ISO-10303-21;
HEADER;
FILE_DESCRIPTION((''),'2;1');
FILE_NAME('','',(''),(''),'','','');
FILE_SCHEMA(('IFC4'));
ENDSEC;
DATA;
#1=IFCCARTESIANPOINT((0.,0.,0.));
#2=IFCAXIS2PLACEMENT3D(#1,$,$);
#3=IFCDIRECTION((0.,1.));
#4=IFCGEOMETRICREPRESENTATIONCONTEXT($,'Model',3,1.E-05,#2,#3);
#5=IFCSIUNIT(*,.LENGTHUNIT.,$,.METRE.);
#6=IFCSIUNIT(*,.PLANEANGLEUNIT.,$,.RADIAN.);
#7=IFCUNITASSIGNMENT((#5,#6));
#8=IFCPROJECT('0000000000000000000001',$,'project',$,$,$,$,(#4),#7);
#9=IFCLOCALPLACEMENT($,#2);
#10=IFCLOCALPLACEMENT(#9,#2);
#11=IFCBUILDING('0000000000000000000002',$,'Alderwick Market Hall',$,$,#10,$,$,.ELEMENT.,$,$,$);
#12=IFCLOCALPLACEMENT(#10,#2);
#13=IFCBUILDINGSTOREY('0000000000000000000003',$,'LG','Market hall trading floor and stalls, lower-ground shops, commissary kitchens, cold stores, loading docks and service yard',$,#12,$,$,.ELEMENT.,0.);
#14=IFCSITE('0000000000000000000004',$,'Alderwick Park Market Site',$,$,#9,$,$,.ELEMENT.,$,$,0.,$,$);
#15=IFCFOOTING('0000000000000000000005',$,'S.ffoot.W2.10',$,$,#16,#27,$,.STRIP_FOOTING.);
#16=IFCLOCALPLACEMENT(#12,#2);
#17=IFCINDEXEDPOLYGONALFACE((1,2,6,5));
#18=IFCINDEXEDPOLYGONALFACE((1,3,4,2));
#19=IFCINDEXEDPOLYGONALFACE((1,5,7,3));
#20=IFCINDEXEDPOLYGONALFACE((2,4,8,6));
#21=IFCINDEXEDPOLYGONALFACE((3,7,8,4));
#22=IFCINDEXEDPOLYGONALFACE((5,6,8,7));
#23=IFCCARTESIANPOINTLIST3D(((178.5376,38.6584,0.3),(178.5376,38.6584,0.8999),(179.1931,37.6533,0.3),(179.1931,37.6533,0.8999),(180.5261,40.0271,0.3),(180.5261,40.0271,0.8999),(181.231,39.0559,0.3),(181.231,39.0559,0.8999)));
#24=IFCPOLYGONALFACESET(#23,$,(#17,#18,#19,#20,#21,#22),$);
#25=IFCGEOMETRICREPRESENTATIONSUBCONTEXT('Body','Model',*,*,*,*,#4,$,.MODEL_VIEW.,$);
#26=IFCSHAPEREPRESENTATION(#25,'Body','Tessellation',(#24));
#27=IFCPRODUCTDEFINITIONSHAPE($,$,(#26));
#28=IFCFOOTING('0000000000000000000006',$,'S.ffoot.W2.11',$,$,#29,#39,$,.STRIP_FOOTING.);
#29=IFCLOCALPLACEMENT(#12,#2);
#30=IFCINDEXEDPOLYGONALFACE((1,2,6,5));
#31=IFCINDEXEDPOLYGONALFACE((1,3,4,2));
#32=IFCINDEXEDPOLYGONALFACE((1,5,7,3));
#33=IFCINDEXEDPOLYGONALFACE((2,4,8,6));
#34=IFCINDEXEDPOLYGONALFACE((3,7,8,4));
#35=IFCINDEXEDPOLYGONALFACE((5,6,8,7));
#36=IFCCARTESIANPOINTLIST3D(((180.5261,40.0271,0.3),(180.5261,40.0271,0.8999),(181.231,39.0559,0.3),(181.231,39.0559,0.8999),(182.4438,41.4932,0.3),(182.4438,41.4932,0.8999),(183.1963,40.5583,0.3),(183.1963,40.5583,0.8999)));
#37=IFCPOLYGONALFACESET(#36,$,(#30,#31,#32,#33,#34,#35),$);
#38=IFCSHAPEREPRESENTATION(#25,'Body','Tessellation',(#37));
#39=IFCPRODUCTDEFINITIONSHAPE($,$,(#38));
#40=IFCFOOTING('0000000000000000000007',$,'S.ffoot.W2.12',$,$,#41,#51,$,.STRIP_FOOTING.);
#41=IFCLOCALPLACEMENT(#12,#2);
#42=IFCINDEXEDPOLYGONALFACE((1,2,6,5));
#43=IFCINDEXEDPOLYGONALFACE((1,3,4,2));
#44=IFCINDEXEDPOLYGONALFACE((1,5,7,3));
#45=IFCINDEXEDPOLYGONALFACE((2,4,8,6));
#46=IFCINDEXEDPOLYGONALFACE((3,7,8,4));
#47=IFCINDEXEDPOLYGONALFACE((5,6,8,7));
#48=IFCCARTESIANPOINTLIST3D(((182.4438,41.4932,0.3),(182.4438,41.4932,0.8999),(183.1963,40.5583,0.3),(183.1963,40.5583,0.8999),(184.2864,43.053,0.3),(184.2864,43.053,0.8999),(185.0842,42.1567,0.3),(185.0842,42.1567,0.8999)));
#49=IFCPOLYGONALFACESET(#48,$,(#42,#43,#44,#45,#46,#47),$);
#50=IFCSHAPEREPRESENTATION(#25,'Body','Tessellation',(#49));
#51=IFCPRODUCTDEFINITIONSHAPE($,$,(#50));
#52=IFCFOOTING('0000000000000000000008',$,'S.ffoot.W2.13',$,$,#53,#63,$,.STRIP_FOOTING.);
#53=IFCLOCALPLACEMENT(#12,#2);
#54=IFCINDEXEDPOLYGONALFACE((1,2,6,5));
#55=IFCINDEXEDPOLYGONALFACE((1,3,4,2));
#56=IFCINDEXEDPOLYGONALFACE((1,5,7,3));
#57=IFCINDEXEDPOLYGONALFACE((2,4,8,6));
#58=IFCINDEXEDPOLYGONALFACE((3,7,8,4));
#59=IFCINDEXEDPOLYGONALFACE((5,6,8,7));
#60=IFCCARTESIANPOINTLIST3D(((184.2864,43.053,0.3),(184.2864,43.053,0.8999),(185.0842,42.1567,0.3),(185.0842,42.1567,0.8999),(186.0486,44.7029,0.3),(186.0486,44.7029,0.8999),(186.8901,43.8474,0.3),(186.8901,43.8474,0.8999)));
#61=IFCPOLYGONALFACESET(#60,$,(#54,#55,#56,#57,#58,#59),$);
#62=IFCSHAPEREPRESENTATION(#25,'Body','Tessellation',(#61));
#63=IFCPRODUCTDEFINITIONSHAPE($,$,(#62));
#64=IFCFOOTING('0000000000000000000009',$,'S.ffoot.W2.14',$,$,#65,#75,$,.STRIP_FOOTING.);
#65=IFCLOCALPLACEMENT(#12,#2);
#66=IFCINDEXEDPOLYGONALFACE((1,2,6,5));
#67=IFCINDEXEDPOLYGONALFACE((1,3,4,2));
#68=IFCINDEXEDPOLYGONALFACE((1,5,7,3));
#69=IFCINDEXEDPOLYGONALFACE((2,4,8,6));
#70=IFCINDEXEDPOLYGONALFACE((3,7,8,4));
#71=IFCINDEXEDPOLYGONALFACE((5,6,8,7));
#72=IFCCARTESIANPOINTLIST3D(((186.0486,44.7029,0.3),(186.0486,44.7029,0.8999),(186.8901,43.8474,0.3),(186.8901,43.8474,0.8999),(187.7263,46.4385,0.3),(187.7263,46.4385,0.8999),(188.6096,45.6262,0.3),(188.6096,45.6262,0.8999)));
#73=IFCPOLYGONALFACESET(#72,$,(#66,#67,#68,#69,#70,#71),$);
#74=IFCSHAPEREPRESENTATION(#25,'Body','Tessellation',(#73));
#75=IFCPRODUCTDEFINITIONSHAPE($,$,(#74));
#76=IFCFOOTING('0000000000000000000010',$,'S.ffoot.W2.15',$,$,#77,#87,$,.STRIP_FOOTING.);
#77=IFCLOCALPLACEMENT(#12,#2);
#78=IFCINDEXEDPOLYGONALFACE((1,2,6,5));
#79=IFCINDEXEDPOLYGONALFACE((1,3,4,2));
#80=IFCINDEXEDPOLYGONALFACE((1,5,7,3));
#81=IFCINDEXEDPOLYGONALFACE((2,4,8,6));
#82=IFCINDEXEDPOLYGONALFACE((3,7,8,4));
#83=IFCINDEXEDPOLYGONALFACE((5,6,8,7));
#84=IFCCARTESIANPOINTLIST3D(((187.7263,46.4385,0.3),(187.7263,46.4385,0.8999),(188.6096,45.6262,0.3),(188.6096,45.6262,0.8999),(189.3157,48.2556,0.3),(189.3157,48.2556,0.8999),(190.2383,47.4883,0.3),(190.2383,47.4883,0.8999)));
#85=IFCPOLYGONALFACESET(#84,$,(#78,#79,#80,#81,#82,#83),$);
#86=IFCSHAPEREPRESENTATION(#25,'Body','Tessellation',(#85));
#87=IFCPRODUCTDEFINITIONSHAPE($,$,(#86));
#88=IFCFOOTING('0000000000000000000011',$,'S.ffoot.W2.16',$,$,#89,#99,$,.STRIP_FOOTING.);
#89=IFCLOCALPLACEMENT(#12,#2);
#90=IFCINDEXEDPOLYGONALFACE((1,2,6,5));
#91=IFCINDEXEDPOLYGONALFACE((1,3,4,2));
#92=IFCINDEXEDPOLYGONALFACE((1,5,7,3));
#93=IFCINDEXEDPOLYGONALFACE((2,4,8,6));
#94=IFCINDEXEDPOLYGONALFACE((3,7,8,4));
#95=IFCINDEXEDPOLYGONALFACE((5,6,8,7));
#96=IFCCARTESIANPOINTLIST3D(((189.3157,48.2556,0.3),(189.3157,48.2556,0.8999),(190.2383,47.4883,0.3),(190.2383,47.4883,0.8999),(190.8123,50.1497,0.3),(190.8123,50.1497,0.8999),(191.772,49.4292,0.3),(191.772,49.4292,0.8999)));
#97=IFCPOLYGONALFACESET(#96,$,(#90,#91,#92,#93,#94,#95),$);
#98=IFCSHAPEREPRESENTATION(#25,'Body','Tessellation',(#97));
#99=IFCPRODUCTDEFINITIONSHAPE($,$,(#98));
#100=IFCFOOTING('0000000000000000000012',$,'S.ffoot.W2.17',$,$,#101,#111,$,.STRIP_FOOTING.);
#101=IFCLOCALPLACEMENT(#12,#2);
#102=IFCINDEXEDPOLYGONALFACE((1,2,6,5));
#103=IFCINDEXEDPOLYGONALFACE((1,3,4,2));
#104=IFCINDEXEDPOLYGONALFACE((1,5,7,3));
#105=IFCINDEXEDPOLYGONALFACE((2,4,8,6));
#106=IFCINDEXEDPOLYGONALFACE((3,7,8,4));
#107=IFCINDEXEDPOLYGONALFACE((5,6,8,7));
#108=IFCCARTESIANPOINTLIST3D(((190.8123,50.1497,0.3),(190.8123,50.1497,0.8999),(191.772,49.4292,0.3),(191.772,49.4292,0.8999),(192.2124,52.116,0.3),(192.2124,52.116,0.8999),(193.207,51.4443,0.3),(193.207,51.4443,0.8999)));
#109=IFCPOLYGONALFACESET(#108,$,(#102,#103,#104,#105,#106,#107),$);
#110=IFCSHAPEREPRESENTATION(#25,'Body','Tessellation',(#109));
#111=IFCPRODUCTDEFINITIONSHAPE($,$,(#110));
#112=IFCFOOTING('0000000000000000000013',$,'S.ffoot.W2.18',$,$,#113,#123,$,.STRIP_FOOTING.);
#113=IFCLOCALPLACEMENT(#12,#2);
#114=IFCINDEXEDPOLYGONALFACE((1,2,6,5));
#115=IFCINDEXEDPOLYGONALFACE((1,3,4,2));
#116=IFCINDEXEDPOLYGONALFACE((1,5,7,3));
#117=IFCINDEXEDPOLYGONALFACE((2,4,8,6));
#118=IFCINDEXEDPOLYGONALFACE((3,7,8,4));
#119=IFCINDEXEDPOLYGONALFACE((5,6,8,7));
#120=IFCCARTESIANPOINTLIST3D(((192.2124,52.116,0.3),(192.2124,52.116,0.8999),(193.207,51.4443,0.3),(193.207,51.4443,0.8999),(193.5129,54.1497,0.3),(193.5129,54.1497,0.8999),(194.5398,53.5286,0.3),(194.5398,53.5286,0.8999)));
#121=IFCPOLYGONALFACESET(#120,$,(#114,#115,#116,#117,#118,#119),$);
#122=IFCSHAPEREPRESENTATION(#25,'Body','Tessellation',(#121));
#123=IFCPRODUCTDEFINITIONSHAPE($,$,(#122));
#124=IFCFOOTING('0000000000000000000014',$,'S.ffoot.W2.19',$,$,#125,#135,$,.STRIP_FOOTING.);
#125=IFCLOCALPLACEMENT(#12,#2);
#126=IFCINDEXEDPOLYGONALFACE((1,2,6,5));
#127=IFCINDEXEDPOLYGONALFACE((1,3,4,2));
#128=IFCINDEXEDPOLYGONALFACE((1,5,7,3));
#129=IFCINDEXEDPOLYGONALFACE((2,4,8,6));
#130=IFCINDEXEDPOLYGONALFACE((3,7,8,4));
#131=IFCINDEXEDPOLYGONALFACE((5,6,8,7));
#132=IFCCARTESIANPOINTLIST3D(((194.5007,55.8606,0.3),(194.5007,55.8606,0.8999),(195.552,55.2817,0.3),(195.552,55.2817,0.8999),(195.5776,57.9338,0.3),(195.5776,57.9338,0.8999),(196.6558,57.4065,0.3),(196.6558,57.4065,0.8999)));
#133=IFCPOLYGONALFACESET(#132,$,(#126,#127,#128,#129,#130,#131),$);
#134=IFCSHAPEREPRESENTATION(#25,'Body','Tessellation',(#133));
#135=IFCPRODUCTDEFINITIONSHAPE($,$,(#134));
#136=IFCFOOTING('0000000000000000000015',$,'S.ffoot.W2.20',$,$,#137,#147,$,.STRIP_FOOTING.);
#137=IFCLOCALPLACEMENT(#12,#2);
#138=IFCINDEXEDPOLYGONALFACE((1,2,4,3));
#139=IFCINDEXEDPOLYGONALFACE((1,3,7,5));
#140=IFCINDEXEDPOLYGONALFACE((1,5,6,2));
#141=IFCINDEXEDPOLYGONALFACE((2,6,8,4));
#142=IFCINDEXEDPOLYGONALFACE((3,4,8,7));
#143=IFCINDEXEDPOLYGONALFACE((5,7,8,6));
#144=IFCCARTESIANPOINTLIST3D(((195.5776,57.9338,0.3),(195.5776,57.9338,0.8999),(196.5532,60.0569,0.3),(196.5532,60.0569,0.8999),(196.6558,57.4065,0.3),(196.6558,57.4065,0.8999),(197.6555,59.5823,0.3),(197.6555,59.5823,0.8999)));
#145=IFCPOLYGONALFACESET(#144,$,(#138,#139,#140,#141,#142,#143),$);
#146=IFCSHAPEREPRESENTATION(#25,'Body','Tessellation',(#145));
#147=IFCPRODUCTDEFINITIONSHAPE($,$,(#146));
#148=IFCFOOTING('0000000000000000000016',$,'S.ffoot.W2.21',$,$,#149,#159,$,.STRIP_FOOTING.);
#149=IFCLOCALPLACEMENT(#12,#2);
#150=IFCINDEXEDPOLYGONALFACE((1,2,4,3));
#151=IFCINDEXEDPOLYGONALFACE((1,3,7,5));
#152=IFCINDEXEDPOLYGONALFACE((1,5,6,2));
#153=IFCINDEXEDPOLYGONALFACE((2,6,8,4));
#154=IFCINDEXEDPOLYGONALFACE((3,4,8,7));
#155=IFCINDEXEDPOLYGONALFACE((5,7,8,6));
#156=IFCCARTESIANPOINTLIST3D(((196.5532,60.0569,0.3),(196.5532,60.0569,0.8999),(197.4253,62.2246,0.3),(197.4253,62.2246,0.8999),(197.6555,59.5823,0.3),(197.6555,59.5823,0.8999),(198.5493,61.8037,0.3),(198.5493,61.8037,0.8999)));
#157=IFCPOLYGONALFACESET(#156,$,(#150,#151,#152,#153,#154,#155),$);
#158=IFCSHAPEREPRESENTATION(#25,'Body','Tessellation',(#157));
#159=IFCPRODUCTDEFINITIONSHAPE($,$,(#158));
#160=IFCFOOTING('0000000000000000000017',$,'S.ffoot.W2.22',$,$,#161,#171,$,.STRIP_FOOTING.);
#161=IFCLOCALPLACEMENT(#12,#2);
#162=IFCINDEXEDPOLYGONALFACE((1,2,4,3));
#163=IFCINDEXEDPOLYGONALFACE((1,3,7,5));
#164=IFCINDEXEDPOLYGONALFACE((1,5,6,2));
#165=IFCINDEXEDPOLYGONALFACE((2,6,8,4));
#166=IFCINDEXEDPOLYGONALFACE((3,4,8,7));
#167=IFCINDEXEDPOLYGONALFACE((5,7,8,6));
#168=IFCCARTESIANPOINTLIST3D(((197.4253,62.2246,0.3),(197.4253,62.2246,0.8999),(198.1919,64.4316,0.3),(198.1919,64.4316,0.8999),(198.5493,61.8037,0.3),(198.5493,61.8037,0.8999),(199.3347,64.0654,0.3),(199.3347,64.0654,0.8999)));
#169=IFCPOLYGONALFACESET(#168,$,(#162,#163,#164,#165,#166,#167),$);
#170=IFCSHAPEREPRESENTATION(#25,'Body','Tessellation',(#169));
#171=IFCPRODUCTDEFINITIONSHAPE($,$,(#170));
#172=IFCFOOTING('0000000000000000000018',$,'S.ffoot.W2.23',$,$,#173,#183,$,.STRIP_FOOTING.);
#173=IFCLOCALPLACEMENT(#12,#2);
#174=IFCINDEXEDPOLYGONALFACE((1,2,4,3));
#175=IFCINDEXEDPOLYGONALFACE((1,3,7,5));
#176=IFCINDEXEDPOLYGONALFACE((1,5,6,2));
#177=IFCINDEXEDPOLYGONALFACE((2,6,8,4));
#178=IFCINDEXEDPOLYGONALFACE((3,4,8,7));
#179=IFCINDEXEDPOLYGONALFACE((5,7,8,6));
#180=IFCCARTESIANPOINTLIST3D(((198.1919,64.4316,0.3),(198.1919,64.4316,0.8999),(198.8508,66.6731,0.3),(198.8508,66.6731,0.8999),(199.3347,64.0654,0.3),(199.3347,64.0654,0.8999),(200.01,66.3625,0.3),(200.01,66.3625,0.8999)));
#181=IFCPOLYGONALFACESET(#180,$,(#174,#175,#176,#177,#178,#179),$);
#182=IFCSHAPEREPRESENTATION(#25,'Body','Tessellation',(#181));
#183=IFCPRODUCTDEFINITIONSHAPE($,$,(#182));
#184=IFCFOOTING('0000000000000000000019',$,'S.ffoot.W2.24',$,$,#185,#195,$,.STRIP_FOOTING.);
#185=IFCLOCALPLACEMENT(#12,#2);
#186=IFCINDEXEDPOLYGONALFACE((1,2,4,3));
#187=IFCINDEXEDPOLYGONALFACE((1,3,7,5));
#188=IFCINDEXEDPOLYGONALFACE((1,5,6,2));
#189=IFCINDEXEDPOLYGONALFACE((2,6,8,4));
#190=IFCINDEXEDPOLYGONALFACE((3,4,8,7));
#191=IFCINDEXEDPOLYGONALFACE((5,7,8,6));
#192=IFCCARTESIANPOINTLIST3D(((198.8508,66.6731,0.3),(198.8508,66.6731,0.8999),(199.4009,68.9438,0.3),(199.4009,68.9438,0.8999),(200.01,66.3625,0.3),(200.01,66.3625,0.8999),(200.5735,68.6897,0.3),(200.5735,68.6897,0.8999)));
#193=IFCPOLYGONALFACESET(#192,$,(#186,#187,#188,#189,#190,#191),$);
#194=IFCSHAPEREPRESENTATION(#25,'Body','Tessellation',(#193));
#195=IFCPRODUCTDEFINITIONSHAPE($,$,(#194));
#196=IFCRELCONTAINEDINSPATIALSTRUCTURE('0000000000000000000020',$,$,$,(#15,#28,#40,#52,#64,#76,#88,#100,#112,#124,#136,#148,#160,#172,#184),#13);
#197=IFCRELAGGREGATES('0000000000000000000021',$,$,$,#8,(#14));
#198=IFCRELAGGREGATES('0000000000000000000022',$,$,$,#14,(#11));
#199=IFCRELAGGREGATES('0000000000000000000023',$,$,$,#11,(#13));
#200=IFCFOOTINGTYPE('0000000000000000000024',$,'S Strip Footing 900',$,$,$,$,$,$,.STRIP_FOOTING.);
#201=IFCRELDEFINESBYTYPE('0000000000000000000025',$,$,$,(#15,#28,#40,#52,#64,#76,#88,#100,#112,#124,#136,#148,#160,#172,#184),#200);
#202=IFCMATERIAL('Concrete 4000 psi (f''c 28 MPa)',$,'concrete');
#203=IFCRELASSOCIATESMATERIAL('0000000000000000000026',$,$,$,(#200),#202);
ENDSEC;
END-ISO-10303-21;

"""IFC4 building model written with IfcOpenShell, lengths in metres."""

from ifc_helpers import new_model, si_unit, direction, frame, origin, place, context, subcontext, project, spatial, polyline, outline, extrude, material, type_object, element, save


model = new_model("IFC4")

# Units and contexts
model_context = context("Model", 3, precision=1e-05, world=origin(), true_north=direction((0.0, 1.0)))
body_context = subcontext(model_context, "Body", "Model", "MODEL_VIEW")
ifc_project = project(units=[si_unit("LENGTHUNIT", "METRE"), si_unit("PLANEANGLEUNIT", "RADIAN")], contexts=[model_context])

# Site, building, storey
site_placement = place(None, origin())
site = spatial("IfcSite", under=ifc_project, at=site_placement, Name="Alderwick Park Market Site", CompositionType="ELEMENT", RefElevation=0.0)
building_placement = place(site_placement, origin())
building = spatial("IfcBuilding", under=site, at=building_placement, Name="Alderwick Market Hall", CompositionType="ELEMENT")
storey_placement = place(building_placement, origin())
storey = spatial("IfcBuildingStorey", under=building, at=storey_placement, Name="LG", Description="Market hall trading floor and stalls, lower-ground shops, commissary kitchens, cold stores, loading docks and service yard", CompositionType="ELEMENT", Elevation=0.0)

# Footings
ifc_material = material(Name="Concrete 4000 psi (f'c 28 MPa)", Category="concrete")
footing_type = type_object("IfcFootingType", Name="S Strip Footing 900", PredefinedType="STRIP_FOOTING", material=ifc_material)
footing_1_placement = place(storey_placement, frame((0.0, 0.0, 0.3)))
element("IfcFooting", 1, at=footing_1_placement, inside=storey, type_object=footing_type, Name="S.ffoot.W2.10", PredefinedType="STRIP_FOOTING", context=body_context, shape_type="SweptSolid", body=[
    extrude(outline(polyline([(179.1931, 37.6533), (181.231, 39.0559), (180.5261, 40.0271), (178.5376, 38.6584), (179.1931, 37.6533)])), origin(), (0.0, 0.0, 1.0), 0.5999),
])
footing_2_placement = place(storey_placement, frame((0.0, 0.0, 0.3)))
element("IfcFooting", 2, at=footing_2_placement, inside=storey, type_object=footing_type, Name="S.ffoot.W2.11", PredefinedType="STRIP_FOOTING", context=body_context, shape_type="SweptSolid", body=[
    extrude(outline(polyline([(181.231, 39.0559), (183.1963, 40.5583), (182.4438, 41.4932), (180.5261, 40.0271), (181.231, 39.0559)])), origin(), (0.0, 0.0, 1.0), 0.5999),
])
footing_3_placement = place(storey_placement, frame((0.0, 0.0, 0.3)))
element("IfcFooting", 3, at=footing_3_placement, inside=storey, type_object=footing_type, Name="S.ffoot.W2.12", PredefinedType="STRIP_FOOTING", context=body_context, shape_type="SweptSolid", body=[
    extrude(outline(polyline([(183.1963, 40.5583), (185.0842, 42.1567), (184.2864, 43.053), (182.4438, 41.4932), (183.1963, 40.5583)])), origin(), (0.0, 0.0, 1.0), 0.5999),
])
footing_4_placement = place(storey_placement, frame((0.0, 0.0, 0.3)))
element("IfcFooting", 4, at=footing_4_placement, inside=storey, type_object=footing_type, Name="S.ffoot.W2.13", PredefinedType="STRIP_FOOTING", context=body_context, shape_type="SweptSolid", body=[
    extrude(outline(polyline([(185.0842, 42.1567), (186.8901, 43.8474), (186.0486, 44.7029), (184.2864, 43.053), (185.0842, 42.1567)])), origin(), (0.0, 0.0, 1.0), 0.5999),
])
footing_5_placement = place(storey_placement, frame((0.0, 0.0, 0.3)))
element("IfcFooting", 5, at=footing_5_placement, inside=storey, type_object=footing_type, Name="S.ffoot.W2.14", PredefinedType="STRIP_FOOTING", context=body_context, shape_type="SweptSolid", body=[
    extrude(outline(polyline([(186.8901, 43.8474), (188.6096, 45.6262), (187.7263, 46.4385), (186.0486, 44.7029), (186.8901, 43.8474)])), origin(), (0.0, 0.0, 1.0), 0.5999),
])
footing_6_placement = place(storey_placement, frame((0.0, 0.0, 0.3)))
element("IfcFooting", 6, at=footing_6_placement, inside=storey, type_object=footing_type, Name="S.ffoot.W2.15", PredefinedType="STRIP_FOOTING", context=body_context, shape_type="SweptSolid", body=[
    extrude(outline(polyline([(188.6096, 45.6262), (190.2383, 47.4883), (189.3157, 48.2556), (187.7263, 46.4385), (188.6096, 45.6262)])), origin(), (0.0, 0.0, 1.0), 0.5999),
])
footing_7_placement = place(storey_placement, frame((0.0, 0.0, 0.3)))
element("IfcFooting", 7, at=footing_7_placement, inside=storey, type_object=footing_type, Name="S.ffoot.W2.16", PredefinedType="STRIP_FOOTING", context=body_context, shape_type="SweptSolid", body=[
    extrude(outline(polyline([(190.2383, 47.4883), (191.772, 49.4292), (190.8123, 50.1497), (189.3157, 48.2556), (190.2383, 47.4883)])), origin(), (0.0, 0.0, 1.0), 0.5999),
])
footing_8_placement = place(storey_placement, frame((0.0, 0.0, 0.3)))
element("IfcFooting", 8, at=footing_8_placement, inside=storey, type_object=footing_type, Name="S.ffoot.W2.17", PredefinedType="STRIP_FOOTING", context=body_context, shape_type="SweptSolid", body=[
    extrude(outline(polyline([(191.772, 49.4292), (193.207, 51.4443), (192.2124, 52.116), (190.8123, 50.1497), (191.772, 49.4292)])), origin(), (0.0, 0.0, 1.0), 0.5999),
])
footing_9_placement = place(storey_placement, frame((0.0, 0.0, 0.3)))
element("IfcFooting", 9, at=footing_9_placement, inside=storey, type_object=footing_type, Name="S.ffoot.W2.18", PredefinedType="STRIP_FOOTING", context=body_context, shape_type="SweptSolid", body=[
    extrude(outline(polyline([(193.207, 51.4443), (194.5398, 53.5286), (193.5129, 54.1497), (192.2124, 52.116), (193.207, 51.4443)])), origin(), (0.0, 0.0, 1.0), 0.5999),
])
footing_10_placement = place(storey_placement, frame((0.0, 0.0, 0.3)))
element("IfcFooting", 10, at=footing_10_placement, inside=storey, type_object=footing_type, Name="S.ffoot.W2.19", PredefinedType="STRIP_FOOTING", context=body_context, shape_type="SweptSolid", body=[
    extrude(outline(polyline([(195.552, 55.2817), (196.6558, 57.4065), (195.5776, 57.9338), (194.5007, 55.8606), (195.552, 55.2817)])), origin(), (0.0, 0.0, 1.0), 0.5999),
])
footing_11_placement = place(storey_placement, frame((0.0, 0.0, 0.3)))
element("IfcFooting", 11, at=footing_11_placement, inside=storey, type_object=footing_type, Name="S.ffoot.W2.20", PredefinedType="STRIP_FOOTING", context=body_context, shape_type="SweptSolid", body=[
    extrude(outline(polyline([(196.6558, 57.4065), (197.6555, 59.5823), (196.5532, 60.0569), (195.5776, 57.9338), (196.6558, 57.4065)])), origin(), (0.0, 0.0, 1.0), 0.5999),
])
footing_12_placement = place(storey_placement, frame((0.0, 0.0, 0.3)))
element("IfcFooting", 12, at=footing_12_placement, inside=storey, type_object=footing_type, Name="S.ffoot.W2.21", PredefinedType="STRIP_FOOTING", context=body_context, shape_type="SweptSolid", body=[
    extrude(outline(polyline([(197.6555, 59.5823), (198.5493, 61.8037), (197.4253, 62.2246), (196.5532, 60.0569), (197.6555, 59.5823)])), origin(), (0.0, 0.0, 1.0), 0.5999),
])
footing_13_placement = place(storey_placement, frame((0.0, 0.0, 0.3)))
element("IfcFooting", 13, at=footing_13_placement, inside=storey, type_object=footing_type, Name="S.ffoot.W2.22", PredefinedType="STRIP_FOOTING", context=body_context, shape_type="SweptSolid", body=[
    extrude(outline(polyline([(198.5493, 61.8037), (199.3347, 64.0654), (198.1919, 64.4316), (197.4253, 62.2246), (198.5493, 61.8037)])), origin(), (0.0, 0.0, 1.0), 0.5999),
])
footing_14_placement = place(storey_placement, frame((0.0, 0.0, 0.3)))
element("IfcFooting", 14, at=footing_14_placement, inside=storey, type_object=footing_type, Name="S.ffoot.W2.23", PredefinedType="STRIP_FOOTING", context=body_context, shape_type="SweptSolid", body=[
    extrude(outline(polyline([(199.3347, 64.0654), (200.01, 66.3625), (198.8508, 66.6731), (198.1919, 64.4316), (199.3347, 64.0654)])), origin(), (0.0, 0.0, 1.0), 0.5999),
])
footing_15_placement = place(storey_placement, frame((0.0, 0.0, 0.3)))
element("IfcFooting", 15, at=footing_15_placement, inside=storey, type_object=footing_type, Name="S.ffoot.W2.24", PredefinedType="STRIP_FOOTING", context=body_context, shape_type="SweptSolid", body=[
    extrude(outline(polyline([(200.01, 66.3625), (200.5735, 68.6897), (199.4009, 68.9438), (198.8508, 66.6731), (200.01, 66.3625)])), origin(), (0.0, 0.0, 1.0), 0.5999),
])

save(model, "model.ifc")
